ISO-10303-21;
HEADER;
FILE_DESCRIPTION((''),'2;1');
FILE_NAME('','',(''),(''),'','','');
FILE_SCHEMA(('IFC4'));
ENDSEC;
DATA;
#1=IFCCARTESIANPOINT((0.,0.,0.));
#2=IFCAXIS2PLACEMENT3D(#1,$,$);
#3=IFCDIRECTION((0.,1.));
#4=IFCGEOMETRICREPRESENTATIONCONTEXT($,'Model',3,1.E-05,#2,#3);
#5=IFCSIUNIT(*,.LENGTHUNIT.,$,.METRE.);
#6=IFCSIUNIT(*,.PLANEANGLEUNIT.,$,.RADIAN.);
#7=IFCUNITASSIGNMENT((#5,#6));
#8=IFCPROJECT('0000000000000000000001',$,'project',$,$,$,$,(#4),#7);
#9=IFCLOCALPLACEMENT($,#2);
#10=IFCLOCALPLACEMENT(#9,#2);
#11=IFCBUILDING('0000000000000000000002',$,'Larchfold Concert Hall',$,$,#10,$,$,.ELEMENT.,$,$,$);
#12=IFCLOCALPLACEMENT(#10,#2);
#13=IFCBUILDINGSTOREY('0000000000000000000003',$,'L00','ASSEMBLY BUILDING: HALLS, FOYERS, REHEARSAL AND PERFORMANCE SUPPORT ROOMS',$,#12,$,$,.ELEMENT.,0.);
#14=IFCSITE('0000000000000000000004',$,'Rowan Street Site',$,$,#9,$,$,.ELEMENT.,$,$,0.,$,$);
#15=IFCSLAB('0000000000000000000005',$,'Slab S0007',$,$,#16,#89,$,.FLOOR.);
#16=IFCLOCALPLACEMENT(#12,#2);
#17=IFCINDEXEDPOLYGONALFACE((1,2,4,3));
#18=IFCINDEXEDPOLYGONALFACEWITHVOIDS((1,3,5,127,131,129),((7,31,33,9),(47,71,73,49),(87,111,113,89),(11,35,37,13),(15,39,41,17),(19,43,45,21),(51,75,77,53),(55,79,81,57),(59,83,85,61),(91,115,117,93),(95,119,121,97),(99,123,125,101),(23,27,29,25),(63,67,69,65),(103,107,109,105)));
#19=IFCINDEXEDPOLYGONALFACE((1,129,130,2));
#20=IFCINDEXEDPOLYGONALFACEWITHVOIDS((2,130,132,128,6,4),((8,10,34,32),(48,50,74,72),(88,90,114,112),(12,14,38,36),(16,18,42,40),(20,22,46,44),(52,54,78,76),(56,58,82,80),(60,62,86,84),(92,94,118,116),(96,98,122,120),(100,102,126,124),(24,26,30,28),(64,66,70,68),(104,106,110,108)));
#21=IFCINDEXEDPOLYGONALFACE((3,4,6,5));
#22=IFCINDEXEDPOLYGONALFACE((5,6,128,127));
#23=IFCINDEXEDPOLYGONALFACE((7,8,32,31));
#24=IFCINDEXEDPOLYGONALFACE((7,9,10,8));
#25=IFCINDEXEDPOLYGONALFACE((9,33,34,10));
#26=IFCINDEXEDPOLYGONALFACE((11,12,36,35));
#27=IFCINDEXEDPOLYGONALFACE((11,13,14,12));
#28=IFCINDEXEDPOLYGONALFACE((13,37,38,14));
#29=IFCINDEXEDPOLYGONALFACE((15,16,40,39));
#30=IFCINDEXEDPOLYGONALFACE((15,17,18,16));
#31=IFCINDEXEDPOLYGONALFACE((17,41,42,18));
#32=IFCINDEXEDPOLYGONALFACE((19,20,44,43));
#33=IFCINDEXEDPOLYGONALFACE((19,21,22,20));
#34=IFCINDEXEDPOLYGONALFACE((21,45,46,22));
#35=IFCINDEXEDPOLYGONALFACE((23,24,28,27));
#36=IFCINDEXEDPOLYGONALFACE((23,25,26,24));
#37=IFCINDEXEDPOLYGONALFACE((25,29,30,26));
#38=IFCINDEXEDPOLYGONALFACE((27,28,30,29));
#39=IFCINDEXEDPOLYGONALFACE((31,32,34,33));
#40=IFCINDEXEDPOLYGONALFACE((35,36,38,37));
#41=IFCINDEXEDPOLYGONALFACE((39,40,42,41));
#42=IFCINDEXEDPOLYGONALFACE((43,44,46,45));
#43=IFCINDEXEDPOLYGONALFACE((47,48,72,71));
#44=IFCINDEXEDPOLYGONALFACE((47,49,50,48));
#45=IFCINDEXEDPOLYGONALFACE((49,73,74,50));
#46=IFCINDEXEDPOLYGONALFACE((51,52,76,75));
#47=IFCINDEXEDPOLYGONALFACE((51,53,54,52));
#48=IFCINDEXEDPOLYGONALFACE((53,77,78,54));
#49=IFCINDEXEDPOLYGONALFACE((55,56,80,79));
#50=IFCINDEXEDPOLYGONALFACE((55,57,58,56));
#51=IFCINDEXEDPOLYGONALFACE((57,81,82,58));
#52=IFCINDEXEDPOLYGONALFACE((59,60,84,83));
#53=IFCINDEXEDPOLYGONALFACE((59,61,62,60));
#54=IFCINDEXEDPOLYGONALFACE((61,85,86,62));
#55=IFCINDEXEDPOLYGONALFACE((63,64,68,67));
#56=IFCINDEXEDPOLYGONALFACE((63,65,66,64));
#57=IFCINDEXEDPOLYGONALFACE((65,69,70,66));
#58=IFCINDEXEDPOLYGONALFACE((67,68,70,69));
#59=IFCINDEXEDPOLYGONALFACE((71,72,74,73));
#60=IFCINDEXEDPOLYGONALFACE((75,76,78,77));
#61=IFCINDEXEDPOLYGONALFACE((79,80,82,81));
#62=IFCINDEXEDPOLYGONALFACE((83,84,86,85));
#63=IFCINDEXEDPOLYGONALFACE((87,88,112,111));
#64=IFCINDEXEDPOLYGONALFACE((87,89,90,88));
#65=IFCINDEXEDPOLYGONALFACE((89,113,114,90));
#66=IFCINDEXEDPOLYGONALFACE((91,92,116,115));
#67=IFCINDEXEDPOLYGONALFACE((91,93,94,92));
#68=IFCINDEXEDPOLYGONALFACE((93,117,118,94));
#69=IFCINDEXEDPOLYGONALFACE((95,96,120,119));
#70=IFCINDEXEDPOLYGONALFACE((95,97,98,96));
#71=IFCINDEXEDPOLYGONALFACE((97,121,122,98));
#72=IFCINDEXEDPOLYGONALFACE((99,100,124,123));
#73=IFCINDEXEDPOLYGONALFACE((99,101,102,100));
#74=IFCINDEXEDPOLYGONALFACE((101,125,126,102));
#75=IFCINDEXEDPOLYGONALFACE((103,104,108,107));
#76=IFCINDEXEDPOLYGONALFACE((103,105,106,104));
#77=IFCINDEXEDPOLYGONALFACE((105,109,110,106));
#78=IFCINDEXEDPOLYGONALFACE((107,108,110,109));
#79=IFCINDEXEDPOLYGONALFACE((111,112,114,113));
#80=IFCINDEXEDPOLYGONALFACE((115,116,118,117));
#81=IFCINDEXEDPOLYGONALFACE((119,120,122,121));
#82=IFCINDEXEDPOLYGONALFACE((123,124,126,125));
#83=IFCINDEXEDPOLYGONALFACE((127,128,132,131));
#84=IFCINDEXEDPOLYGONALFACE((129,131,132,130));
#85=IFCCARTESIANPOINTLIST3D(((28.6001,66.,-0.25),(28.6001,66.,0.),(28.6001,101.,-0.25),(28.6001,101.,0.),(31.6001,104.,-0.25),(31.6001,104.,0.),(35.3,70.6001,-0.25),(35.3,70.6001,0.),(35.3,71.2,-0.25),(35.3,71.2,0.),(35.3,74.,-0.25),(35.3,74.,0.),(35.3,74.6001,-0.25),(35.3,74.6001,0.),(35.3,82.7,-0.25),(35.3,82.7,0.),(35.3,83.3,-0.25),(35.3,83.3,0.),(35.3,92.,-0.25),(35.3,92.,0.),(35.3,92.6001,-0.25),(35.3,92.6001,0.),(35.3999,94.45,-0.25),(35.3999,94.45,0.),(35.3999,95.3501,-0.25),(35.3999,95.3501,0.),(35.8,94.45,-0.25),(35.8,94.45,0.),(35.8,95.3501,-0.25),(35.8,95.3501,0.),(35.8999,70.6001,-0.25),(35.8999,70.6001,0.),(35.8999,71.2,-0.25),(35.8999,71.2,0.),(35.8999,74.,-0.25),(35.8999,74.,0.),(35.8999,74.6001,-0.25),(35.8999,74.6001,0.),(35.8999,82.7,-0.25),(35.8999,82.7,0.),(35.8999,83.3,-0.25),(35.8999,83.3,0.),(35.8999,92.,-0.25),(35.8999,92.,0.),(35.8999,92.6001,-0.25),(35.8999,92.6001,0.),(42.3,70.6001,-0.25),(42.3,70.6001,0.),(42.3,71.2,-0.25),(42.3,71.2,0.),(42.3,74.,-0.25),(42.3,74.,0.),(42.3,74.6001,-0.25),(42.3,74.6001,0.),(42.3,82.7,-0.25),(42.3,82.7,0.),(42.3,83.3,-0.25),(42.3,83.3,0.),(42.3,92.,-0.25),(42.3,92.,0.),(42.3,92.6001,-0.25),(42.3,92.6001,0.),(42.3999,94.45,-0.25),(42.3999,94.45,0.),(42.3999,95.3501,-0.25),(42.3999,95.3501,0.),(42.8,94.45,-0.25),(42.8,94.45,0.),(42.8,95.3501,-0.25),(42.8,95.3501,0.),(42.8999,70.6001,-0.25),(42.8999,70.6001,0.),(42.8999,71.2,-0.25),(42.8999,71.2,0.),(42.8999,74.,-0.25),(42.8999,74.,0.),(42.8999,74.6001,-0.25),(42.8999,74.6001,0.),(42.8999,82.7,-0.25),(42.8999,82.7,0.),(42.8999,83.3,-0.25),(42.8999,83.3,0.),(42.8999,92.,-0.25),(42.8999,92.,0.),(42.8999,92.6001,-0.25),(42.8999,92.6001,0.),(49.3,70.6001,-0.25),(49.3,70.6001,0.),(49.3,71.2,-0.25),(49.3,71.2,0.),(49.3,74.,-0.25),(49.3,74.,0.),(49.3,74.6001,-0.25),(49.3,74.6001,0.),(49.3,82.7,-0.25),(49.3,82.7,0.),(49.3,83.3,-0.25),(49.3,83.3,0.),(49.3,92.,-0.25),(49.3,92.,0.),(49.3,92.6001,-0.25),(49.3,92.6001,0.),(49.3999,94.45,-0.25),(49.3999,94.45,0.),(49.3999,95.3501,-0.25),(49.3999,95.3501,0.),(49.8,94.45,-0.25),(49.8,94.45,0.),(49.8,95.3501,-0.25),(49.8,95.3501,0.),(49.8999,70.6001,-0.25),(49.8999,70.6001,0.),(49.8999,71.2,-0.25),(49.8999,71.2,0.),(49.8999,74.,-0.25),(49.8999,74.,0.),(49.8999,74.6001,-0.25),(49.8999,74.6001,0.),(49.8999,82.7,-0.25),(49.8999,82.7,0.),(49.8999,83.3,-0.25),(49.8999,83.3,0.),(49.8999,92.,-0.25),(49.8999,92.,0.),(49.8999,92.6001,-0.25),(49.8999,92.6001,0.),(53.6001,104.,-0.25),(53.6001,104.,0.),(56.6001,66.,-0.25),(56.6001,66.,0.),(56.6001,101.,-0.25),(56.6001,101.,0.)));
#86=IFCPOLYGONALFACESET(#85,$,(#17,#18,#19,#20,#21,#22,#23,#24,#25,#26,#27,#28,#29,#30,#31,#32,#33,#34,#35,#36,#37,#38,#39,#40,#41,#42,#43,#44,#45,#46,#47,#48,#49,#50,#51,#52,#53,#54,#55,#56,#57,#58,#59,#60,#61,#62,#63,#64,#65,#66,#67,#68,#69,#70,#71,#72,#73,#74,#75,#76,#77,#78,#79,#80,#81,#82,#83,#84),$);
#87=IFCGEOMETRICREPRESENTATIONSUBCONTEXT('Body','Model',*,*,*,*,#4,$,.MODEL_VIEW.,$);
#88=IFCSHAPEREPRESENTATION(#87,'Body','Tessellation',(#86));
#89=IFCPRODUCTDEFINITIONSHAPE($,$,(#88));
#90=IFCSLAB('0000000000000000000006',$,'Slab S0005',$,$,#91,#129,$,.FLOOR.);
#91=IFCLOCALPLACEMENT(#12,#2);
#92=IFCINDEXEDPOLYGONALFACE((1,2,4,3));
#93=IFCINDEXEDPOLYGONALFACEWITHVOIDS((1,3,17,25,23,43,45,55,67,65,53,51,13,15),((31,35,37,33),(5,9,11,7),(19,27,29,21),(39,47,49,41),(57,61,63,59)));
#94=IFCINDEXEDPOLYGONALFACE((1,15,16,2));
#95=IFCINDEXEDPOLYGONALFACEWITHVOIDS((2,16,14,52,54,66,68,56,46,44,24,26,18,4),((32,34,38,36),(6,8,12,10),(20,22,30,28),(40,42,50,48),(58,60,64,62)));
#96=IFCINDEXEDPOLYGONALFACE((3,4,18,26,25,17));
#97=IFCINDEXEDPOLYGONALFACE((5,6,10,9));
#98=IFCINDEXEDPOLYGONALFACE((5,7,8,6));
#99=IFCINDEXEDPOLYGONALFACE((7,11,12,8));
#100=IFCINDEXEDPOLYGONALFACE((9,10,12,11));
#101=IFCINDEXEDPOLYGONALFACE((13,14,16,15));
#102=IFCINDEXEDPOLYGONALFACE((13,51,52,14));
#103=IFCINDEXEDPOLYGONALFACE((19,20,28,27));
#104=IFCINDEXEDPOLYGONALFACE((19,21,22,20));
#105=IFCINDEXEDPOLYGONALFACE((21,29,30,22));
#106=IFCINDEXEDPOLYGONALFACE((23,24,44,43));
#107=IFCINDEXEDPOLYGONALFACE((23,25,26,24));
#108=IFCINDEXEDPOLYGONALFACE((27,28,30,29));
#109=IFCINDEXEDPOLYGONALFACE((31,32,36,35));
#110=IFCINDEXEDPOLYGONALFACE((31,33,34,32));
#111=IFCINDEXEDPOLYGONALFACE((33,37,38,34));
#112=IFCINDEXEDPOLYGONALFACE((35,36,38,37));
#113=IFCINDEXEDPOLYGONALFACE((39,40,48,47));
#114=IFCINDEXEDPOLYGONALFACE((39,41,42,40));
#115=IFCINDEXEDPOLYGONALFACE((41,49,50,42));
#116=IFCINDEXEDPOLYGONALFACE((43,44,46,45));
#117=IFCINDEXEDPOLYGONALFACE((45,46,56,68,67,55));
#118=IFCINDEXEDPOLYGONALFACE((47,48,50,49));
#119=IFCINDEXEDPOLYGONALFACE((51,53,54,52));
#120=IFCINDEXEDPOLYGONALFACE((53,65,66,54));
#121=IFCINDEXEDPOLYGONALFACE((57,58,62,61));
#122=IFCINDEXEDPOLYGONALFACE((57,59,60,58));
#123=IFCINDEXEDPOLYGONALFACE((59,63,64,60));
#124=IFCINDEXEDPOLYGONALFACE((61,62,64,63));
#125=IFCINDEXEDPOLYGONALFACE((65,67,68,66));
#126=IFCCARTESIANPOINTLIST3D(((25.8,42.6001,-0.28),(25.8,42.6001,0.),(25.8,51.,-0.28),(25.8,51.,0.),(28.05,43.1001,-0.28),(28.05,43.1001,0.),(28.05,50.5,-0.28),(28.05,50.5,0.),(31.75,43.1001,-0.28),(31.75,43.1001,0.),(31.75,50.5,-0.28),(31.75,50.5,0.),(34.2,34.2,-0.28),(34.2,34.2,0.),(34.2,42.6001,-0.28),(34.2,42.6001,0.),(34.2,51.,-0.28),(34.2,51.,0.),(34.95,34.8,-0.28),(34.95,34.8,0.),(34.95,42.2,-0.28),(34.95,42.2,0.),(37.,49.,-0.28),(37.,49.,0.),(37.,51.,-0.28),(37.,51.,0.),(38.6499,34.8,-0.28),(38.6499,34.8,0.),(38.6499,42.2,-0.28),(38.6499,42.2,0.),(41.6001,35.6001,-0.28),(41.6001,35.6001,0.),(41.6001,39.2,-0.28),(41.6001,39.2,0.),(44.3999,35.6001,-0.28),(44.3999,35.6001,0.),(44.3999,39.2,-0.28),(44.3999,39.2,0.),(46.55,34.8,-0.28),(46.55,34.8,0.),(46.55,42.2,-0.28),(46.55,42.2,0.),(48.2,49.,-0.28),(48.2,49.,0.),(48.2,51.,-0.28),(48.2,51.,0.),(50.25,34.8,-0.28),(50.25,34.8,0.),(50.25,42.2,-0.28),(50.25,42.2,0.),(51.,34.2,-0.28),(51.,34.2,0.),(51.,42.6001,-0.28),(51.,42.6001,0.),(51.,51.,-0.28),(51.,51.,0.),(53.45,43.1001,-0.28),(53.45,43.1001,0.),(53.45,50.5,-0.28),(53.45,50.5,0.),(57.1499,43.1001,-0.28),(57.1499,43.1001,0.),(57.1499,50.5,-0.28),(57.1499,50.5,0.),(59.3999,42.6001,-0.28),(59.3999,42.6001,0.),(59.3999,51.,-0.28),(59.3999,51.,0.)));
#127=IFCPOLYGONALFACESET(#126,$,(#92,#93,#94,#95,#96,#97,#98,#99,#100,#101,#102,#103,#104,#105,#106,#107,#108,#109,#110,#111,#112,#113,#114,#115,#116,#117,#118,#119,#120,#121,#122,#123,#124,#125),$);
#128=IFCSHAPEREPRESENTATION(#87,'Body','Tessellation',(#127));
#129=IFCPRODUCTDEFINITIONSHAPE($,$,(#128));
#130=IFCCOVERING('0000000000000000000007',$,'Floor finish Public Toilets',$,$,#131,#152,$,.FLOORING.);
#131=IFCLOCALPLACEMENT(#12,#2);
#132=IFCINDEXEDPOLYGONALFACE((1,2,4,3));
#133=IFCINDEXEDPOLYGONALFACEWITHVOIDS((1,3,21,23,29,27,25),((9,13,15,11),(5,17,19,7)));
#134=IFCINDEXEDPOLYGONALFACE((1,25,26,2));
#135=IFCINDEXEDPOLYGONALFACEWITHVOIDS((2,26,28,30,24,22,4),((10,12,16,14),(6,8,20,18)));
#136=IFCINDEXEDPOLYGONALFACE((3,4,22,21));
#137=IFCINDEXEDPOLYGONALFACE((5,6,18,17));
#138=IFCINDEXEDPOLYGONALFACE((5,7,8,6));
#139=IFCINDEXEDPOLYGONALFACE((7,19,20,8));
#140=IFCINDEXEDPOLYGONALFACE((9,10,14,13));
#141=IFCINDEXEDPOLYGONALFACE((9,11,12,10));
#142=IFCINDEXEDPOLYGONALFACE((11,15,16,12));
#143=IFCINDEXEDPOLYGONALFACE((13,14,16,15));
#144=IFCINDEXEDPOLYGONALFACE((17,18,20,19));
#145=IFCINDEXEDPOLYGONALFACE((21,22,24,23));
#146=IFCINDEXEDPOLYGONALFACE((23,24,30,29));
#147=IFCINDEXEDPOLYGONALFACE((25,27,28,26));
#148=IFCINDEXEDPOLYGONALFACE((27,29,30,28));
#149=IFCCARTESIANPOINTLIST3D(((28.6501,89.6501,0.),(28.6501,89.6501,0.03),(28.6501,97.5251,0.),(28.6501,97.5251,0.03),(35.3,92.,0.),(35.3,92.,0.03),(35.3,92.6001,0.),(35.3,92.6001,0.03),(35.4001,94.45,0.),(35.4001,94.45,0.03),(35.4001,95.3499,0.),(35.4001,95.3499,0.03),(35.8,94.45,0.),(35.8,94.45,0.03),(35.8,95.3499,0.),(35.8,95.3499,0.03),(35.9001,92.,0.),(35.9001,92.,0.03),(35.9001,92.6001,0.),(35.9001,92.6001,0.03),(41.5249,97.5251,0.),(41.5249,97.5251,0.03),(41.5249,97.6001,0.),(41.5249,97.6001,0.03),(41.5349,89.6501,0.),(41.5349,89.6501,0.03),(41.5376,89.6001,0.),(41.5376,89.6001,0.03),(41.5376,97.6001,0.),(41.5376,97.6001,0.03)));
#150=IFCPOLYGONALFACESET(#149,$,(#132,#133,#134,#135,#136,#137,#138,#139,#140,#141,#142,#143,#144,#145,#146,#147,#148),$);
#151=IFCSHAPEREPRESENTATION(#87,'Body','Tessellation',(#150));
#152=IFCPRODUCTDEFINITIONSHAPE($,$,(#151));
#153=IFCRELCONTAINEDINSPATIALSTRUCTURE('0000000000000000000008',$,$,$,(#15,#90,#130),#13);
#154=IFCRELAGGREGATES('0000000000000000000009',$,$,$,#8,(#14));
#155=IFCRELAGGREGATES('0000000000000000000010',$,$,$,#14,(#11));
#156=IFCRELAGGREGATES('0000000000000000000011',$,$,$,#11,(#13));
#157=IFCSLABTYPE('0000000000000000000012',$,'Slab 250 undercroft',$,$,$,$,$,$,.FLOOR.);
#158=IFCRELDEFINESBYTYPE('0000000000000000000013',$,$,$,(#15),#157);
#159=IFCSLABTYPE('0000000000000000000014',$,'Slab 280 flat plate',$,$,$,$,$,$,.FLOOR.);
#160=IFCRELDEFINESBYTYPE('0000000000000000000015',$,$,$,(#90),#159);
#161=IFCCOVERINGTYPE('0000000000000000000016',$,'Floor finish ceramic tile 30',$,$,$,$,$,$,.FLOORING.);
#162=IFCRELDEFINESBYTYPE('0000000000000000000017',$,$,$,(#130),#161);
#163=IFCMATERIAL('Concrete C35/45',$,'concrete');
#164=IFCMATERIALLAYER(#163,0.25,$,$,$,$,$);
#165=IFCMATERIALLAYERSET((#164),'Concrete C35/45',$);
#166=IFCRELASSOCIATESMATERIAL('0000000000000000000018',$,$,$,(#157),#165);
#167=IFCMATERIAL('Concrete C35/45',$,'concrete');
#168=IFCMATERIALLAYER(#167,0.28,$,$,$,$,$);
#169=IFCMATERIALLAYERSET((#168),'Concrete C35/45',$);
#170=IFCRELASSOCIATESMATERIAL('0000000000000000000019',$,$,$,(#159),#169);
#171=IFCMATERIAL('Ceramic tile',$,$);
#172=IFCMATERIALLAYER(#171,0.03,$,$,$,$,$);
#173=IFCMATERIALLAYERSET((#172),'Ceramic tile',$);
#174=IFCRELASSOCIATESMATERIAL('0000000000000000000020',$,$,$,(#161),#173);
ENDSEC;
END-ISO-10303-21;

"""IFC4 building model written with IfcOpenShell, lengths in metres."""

from ifc_helpers import new_model, si_unit, direction, frame, origin, place, context, subcontext, project, spatial, polyline, outline, extrude, material, layer, layer_set, type_object, element, save


model = new_model("IFC4")

# Units and contexts
model_context = context("Model", 3, precision=1e-05, world=origin(), true_north=direction((0.0, 1.0)))
body_context = subcontext(model_context, "Body", "Model", "MODEL_VIEW")
ifc_project = project(units=[si_unit("LENGTHUNIT", "METRE"), si_unit("PLANEANGLEUNIT", "RADIAN")], contexts=[model_context])

# Site, building, storey
site_placement = place(None, origin())
site = spatial("IfcSite", under=ifc_project, at=site_placement, Name="Rowan Street Site", CompositionType="ELEMENT", RefElevation=0.0)
building_placement = place(site_placement, origin())
building = spatial("IfcBuilding", under=site, at=building_placement, Name="Larchfold Concert Hall", CompositionType="ELEMENT")
storey_placement = place(building_placement, origin())
storey = spatial("IfcBuildingStorey", under=building, at=storey_placement, Name="L00", Description="ASSEMBLY BUILDING: HALLS, FOYERS, REHEARSAL AND PERFORMANCE SUPPORT ROOMS", CompositionType="ELEMENT", Elevation=0.0)

# Slabs
ifc_material_1 = material(Name="Concrete C35/45", Category="concrete")
ifc_layer_1 = layer(ifc_material_1, 0.25)
ifc_layer_set_1 = layer_set([ifc_layer_1], Name="Concrete C35/45")
slab_type_1 = type_object("IfcSlabType", Name="Slab 250 undercroft", PredefinedType="FLOOR", material=ifc_layer_set_1)
slab_1_placement = place(storey_placement, frame((0.0, 0.0, -0.25)))
element("IfcSlab", 1, at=slab_1_placement, inside=storey, type_object=slab_type_1, Name="Slab S0007", PredefinedType="FLOOR", context=body_context, shape_type="SweptSolid", body=[
    extrude(outline(polyline([(31.6001, 104.0), (28.6001, 101.0), (28.6001, 66.0), (56.6001, 66.0), (56.6001, 101.0), (53.6001, 104.0), (31.6001, 104.0)]), holes=[polyline([(35.3, 71.2), (35.8999, 71.2), (35.8999, 70.6001), (35.3, 70.6001), (35.3, 71.2)]), polyline([(42.3, 71.2), (42.8999, 71.2), (42.8999, 70.6001), (42.3, 70.6001), (42.3, 71.2)]), polyline([(35.3, 74.6001), (35.8999, 74.6001), (35.8999, 74.0), (35.3, 74.0), (35.3, 74.6001)]), polyline([(42.3, 74.6001), (42.8999, 74.6001), (42.8999, 74.0), (42.3, 74.0), (42.3, 74.6001)]), polyline([(35.3, 83.3), (35.8999, 83.3), (35.8999, 82.7), (35.3, 82.7), (35.3, 83.3)]), polyline([(42.3, 83.3), (42.8999, 83.3), (42.8999, 82.7), (42.3, 82.7), (42.3, 83.3)]), polyline([(35.3, 92.6001), (35.8999, 92.6001), (35.8999, 92.0), (35.3, 92.0), (35.3, 92.6001)]), polyline([(42.3, 92.6001), (42.8999, 92.6001), (42.8999, 92.0), (42.3, 92.0), (42.3, 92.6001)]), polyline([(35.3999, 95.3501), (35.8, 95.3501), (35.8, 94.45), (35.3999, 94.45), (35.3999, 95.3501)]), polyline([(42.3999, 95.3501), (42.8, 95.3501), (42.8, 94.45), (42.3999, 94.45), (42.3999, 95.3501)]), polyline([(49.3, 71.2), (49.8999, 71.2), (49.8999, 70.6001), (49.3, 70.6001), (49.3, 71.2)]), polyline([(49.3, 74.6001), (49.8999, 74.6001), (49.8999, 74.0), (49.3, 74.0), (49.3, 74.6001)]), polyline([(49.3, 82.7), (49.3, 83.3), (49.8999, 83.3), (49.8999, 82.7), (49.3, 82.7)]), polyline([(49.3, 92.6001), (49.8999, 92.6001), (49.8999, 92.0), (49.3, 92.0), (49.3, 92.6001)]), polyline([(49.3999, 95.3501), (49.8, 95.3501), (49.8, 94.45), (49.3999, 94.45), (49.3999, 95.3501)])]), origin(), (0.0, 0.0, 1.0), 0.25),
])
ifc_material_2 = material(Name="Concrete C35/45", Category="concrete")
ifc_layer_2 = layer(ifc_material_2, 0.28)
ifc_layer_set_2 = layer_set([ifc_layer_2], Name="Concrete C35/45")
slab_type_2 = type_object("IfcSlabType", Name="Slab 280 flat plate", PredefinedType="FLOOR", material=ifc_layer_set_2)
slab_2_placement = place(storey_placement, frame((0.0, 0.0, -0.28)))
element("IfcSlab", 2, at=slab_2_placement, inside=storey, type_object=slab_type_2, Name="Slab S0005", PredefinedType="FLOOR", context=body_context, shape_type="SweptSolid", body=[
    extrude(outline(polyline([(59.3999, 51.0), (51.0, 51.0), (48.2, 51.0), (48.2, 49.0), (37.0, 49.0), (37.0, 51.0), (34.2, 51.0), (34.2, 59.3999), (34.2, 51.0), (25.8, 51.0), (25.8, 42.6001), (34.2, 42.6001), (34.2, 34.2), (51.0, 34.2), (51.0, 42.6001), (59.3999, 42.6001), (59.3999, 51.0)]), holes=[polyline([(41.6001, 35.6001), (41.6001, 39.2), (44.3999, 39.2), (44.3999, 35.6001), (41.6001, 35.6001)]), polyline([(34.95, 42.2), (38.6499, 42.2), (38.6499, 34.8), (34.95, 34.8), (34.95, 42.2)]), polyline([(46.55, 42.2), (50.25, 42.2), (50.25, 34.8), (46.55, 34.8), (46.55, 42.2)]), polyline([(28.05, 50.5), (31.75, 50.5), (31.75, 43.1001), (28.05, 43.1001), (28.05, 50.5)]), polyline([(53.45, 50.5), (57.1499, 50.5), (57.1499, 43.1001), (53.45, 43.1001), (53.45, 50.5)])]), origin(), (0.0, 0.0, 1.0), 0.28),
])

# Covering
ifc_material_3 = material(Name="Ceramic tile")
ifc_layer_3 = layer(ifc_material_3, 0.03)
ifc_layer_set_3 = layer_set([ifc_layer_3], Name="Ceramic tile")
covering_type_1 = type_object("IfcCoveringType", Name="Floor finish ceramic tile 30", PredefinedType="FLOORING", material=ifc_layer_set_3)
covering_1_placement = place(storey_placement, origin())
element("IfcCovering", 3, at=covering_1_placement, inside=storey, type_object=covering_type_1, Name="Floor finish Public Toilets", PredefinedType="FLOORING", context=body_context, shape_type="SweptSolid", body=[
    extrude(outline(polyline([(28.6501, 97.5251), (28.6501, 89.6501), (41.5349, 89.6501), (41.5376, 89.6001), (41.5376, 97.6001), (41.5249, 97.6001), (41.5249, 97.5251), (28.6501, 97.5251)]), holes=[polyline([(35.9001, 92.0), (35.3, 92.0), (35.3, 92.6001), (35.9001, 92.6001), (35.9001, 92.0)]), polyline([(35.4001, 94.45), (35.4001, 95.3499), (35.8, 95.3499), (35.8, 94.45), (35.4001, 94.45)])]), origin(), (0.0, 0.0, 1.0), 0.03),
])

save(model, "model.ifc")
